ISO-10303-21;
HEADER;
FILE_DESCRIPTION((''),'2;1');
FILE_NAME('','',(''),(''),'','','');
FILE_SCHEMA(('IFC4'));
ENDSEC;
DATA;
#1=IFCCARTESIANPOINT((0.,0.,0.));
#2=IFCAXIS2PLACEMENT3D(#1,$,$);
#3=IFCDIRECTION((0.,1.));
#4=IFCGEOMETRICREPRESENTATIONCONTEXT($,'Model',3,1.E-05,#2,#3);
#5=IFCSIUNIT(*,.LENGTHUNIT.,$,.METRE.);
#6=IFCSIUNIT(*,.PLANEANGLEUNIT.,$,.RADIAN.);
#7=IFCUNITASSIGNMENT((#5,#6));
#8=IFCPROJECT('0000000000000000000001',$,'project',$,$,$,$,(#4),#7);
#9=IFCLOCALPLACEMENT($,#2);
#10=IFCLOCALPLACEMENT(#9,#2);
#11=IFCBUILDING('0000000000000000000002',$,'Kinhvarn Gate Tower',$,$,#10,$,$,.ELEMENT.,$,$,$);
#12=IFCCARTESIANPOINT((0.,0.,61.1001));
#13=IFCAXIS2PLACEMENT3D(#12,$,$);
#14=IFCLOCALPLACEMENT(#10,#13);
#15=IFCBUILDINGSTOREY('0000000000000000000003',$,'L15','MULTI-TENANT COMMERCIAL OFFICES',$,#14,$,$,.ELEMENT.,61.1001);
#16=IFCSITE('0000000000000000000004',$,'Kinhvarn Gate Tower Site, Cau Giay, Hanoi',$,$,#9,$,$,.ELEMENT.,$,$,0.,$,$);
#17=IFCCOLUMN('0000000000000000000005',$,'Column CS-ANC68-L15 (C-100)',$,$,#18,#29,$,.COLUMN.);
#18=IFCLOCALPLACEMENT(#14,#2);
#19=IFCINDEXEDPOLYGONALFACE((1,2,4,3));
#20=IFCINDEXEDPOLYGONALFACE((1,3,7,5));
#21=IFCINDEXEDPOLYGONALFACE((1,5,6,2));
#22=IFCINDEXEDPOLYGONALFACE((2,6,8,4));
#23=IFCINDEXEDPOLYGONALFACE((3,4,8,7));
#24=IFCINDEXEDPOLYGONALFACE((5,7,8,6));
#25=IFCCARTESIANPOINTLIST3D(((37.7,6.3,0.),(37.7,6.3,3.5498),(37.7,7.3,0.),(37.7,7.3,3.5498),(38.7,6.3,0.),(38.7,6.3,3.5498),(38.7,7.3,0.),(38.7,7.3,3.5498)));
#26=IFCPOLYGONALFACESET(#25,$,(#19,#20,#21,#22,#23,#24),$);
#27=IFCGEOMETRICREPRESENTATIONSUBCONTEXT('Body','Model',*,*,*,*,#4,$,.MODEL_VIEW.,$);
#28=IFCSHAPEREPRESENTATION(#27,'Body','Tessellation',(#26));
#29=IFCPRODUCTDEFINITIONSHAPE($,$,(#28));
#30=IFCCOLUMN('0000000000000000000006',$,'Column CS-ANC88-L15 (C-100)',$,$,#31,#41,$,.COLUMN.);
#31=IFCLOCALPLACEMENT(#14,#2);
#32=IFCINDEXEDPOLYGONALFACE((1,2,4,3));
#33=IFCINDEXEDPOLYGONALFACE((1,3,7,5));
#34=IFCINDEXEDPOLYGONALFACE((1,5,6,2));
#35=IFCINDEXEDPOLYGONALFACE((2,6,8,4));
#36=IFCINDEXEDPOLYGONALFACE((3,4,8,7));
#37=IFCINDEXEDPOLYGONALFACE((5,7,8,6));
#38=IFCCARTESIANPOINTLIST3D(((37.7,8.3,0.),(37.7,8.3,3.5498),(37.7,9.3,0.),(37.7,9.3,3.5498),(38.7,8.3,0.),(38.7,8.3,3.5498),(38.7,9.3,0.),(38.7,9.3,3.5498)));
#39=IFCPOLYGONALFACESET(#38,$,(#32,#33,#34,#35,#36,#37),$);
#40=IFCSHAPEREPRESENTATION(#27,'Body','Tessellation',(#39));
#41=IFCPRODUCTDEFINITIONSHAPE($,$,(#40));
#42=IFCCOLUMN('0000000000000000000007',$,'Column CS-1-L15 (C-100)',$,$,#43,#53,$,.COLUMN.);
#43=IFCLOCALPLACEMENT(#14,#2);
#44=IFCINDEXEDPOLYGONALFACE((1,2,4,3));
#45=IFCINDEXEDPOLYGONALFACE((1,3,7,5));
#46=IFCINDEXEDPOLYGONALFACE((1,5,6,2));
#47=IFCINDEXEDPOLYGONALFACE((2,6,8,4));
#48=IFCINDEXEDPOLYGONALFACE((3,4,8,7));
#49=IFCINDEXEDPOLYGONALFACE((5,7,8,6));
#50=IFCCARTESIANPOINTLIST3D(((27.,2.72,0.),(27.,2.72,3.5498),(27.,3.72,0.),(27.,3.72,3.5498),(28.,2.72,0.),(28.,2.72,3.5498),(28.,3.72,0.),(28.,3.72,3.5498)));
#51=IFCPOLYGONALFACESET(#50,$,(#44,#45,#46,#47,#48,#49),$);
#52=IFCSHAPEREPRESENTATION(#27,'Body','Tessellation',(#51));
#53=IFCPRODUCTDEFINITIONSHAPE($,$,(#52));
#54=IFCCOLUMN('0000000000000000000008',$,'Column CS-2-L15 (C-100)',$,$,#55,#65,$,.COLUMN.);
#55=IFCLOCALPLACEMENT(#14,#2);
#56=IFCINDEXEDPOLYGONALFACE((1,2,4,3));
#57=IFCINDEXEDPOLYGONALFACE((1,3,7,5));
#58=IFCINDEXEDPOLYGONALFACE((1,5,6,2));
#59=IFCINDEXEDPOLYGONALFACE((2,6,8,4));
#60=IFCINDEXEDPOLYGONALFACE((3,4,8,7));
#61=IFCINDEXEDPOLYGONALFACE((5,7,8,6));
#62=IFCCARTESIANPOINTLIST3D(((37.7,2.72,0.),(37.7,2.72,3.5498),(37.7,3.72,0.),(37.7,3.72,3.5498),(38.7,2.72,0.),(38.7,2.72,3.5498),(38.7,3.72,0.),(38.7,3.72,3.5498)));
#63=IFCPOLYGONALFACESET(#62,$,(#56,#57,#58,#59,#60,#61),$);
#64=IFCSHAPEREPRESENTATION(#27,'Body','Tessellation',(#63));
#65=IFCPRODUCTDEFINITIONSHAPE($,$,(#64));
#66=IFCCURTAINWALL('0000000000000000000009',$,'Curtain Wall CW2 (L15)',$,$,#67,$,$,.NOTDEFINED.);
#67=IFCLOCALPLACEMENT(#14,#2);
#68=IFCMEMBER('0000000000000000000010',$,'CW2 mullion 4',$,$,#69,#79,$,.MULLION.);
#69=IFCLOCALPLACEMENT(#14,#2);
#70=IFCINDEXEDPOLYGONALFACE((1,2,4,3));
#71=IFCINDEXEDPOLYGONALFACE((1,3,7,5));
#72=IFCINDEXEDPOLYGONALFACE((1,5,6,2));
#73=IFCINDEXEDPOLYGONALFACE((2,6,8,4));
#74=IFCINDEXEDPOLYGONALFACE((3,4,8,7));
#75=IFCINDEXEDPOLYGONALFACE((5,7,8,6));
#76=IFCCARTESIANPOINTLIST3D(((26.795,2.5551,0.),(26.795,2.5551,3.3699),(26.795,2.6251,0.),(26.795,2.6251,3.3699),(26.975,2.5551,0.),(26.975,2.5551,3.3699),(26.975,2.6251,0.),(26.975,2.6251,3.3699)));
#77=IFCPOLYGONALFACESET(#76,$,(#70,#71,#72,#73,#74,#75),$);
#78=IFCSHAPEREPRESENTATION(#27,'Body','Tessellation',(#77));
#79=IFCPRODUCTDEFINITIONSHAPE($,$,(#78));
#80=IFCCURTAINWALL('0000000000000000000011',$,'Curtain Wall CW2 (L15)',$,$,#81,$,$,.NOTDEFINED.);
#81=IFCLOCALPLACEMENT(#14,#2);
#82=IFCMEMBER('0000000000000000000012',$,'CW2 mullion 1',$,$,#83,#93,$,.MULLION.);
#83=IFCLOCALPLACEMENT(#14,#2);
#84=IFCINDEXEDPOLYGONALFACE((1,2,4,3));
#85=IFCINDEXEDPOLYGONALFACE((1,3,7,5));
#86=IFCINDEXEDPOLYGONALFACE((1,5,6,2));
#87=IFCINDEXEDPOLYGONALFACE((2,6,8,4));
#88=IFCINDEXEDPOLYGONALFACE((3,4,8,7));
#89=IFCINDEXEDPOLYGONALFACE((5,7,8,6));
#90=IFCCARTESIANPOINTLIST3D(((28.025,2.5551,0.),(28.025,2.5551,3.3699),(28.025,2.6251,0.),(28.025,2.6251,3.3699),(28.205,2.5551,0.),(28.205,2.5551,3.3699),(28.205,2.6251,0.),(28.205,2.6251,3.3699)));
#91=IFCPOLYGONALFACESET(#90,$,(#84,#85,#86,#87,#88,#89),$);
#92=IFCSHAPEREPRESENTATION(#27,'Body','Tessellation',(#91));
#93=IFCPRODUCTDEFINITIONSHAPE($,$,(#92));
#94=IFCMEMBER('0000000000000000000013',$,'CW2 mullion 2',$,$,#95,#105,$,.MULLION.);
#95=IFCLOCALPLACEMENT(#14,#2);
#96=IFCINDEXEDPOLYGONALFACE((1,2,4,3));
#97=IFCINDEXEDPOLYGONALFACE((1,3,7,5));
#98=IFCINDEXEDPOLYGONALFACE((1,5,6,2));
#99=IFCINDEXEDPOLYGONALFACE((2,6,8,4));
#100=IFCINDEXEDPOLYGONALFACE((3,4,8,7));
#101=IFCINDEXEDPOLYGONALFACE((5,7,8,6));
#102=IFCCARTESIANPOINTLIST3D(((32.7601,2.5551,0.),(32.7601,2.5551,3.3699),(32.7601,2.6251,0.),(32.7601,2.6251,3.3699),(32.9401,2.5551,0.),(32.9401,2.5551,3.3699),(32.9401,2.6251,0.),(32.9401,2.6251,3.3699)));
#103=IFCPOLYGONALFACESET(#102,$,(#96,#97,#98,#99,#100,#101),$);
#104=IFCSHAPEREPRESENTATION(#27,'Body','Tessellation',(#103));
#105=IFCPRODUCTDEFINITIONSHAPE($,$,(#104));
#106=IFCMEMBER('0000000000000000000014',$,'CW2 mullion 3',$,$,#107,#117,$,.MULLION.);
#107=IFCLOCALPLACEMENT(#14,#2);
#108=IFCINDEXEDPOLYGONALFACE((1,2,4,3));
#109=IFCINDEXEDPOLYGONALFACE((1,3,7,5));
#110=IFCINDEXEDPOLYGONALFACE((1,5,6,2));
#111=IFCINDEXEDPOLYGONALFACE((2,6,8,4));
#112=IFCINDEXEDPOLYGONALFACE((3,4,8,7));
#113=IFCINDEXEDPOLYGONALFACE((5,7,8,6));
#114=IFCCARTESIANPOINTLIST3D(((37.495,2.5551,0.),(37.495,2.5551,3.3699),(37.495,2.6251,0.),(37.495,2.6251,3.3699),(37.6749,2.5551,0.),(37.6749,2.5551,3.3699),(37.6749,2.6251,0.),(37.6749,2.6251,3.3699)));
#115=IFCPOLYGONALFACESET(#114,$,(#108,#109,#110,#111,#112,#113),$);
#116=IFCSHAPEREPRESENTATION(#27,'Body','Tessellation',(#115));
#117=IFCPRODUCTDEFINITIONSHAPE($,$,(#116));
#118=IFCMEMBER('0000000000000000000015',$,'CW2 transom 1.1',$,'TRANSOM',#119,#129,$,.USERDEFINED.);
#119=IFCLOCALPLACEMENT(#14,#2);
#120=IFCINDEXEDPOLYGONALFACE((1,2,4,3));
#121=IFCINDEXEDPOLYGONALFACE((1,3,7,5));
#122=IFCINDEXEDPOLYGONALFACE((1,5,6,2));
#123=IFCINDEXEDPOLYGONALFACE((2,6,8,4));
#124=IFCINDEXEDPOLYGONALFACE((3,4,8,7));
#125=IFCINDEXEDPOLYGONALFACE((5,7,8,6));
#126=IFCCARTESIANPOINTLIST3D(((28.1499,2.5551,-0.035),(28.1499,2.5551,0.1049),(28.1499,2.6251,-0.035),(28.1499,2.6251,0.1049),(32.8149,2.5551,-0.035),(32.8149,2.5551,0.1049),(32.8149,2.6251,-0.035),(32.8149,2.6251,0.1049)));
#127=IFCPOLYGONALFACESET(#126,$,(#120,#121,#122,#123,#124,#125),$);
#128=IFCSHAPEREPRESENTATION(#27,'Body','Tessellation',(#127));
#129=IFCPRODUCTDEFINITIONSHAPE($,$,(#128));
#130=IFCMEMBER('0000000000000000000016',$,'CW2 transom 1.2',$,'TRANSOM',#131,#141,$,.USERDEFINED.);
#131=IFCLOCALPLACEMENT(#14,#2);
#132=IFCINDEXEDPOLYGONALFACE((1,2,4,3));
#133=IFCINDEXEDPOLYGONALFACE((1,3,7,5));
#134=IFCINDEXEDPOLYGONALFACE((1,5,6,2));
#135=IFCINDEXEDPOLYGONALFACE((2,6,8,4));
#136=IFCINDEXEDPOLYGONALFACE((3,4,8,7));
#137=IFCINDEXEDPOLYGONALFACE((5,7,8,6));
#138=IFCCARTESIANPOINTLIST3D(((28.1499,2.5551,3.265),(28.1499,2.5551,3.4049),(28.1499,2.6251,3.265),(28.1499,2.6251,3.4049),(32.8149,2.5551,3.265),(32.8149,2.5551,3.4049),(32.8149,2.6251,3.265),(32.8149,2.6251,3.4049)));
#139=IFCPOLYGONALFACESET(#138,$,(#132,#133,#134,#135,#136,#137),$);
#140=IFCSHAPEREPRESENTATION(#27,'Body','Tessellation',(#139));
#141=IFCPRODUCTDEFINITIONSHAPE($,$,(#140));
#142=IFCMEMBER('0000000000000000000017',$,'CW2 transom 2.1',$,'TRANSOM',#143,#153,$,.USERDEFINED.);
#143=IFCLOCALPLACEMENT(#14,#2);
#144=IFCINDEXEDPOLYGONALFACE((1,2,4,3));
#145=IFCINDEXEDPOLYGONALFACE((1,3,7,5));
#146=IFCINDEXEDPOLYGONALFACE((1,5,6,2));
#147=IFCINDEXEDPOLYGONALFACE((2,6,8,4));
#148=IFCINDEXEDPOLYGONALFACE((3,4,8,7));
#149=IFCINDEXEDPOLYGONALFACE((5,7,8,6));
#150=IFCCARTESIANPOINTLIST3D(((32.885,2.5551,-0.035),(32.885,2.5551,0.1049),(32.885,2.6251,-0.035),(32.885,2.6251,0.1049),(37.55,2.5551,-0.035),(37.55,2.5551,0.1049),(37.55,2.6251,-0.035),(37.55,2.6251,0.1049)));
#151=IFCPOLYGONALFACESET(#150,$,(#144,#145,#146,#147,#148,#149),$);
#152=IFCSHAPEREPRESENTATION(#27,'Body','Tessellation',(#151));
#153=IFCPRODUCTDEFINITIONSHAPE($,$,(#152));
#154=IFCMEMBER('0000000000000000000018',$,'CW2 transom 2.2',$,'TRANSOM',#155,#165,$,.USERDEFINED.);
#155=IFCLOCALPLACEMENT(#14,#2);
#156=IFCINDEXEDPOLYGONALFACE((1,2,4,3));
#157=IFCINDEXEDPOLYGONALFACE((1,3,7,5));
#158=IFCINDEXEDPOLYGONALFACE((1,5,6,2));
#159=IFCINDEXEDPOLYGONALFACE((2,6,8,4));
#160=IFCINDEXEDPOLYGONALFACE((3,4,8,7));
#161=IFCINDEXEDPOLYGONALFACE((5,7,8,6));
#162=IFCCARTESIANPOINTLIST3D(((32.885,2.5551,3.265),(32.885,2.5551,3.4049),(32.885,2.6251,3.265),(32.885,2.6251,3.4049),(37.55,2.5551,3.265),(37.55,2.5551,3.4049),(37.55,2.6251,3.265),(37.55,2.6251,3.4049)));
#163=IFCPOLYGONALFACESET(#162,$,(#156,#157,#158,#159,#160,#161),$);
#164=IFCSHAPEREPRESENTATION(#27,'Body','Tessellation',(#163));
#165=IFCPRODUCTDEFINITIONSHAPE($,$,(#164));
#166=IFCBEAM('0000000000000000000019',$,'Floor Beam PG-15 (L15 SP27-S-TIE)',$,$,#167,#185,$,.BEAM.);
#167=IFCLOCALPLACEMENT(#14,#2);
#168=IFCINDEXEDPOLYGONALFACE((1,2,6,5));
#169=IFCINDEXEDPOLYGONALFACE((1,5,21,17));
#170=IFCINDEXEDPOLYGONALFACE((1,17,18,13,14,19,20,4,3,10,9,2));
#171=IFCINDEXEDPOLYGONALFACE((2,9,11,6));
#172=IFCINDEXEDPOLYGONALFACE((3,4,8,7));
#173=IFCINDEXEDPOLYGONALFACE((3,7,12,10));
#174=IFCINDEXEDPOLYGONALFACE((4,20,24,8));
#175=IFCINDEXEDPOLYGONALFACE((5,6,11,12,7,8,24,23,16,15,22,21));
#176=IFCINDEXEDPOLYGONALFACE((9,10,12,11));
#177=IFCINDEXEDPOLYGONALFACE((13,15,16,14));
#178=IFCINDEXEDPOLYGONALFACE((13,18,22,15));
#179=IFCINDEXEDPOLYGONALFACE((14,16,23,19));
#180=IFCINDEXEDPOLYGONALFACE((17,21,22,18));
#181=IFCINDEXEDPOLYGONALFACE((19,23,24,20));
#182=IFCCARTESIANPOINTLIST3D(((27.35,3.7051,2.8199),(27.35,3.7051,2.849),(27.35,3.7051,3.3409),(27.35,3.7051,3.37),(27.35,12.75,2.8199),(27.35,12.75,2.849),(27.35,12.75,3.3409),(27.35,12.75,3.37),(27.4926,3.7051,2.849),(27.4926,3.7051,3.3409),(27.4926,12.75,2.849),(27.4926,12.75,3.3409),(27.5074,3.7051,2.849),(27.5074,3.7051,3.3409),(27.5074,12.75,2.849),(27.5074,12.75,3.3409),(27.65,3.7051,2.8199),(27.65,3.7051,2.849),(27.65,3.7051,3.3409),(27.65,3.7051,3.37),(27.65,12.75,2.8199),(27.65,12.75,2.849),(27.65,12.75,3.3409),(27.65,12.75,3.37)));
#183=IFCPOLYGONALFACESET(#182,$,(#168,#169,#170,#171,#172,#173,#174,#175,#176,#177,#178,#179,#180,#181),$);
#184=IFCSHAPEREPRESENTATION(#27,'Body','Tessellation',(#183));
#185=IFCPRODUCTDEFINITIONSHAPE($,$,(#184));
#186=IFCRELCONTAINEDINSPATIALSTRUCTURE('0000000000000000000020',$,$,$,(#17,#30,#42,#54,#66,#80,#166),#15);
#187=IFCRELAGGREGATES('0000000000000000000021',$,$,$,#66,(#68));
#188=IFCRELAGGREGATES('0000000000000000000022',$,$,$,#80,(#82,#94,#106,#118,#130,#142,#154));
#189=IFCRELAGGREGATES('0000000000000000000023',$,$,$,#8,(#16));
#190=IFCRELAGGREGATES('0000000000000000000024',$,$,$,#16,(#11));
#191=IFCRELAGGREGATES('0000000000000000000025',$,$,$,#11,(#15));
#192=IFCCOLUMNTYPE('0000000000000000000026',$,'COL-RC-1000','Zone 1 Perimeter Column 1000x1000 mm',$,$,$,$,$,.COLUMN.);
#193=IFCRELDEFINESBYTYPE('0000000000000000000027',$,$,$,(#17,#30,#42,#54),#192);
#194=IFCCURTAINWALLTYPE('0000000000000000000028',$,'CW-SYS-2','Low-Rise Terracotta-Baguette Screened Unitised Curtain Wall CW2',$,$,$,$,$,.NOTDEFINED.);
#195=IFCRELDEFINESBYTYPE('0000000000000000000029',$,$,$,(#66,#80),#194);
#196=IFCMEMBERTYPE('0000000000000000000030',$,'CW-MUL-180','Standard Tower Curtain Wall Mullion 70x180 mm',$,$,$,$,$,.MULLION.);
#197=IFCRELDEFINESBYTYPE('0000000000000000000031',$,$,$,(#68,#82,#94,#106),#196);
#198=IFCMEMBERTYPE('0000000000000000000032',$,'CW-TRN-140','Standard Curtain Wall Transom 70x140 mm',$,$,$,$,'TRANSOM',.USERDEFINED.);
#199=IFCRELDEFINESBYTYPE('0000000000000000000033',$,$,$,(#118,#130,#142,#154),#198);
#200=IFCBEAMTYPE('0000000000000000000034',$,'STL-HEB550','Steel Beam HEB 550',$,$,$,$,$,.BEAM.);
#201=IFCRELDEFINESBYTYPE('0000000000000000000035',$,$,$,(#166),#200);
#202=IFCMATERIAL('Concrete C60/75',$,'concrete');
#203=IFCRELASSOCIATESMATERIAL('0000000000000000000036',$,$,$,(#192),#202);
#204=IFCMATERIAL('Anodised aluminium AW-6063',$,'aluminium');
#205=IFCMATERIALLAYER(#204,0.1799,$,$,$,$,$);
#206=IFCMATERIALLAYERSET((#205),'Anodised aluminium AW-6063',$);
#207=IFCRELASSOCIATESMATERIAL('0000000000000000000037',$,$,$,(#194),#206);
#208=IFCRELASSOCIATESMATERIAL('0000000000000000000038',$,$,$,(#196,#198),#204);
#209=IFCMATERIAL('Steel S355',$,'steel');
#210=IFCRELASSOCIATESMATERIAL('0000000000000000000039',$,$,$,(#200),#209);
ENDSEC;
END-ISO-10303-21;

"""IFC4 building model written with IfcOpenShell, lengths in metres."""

from ifc_helpers import new_model, si_unit, direction, frame, origin, origin_2d, place, context, subcontext, project, spatial, rectangle, i_section, extrude, material, layer, layer_set, material_profile, profile_set, type_object, element, aggregate, save


model = new_model("IFC4")

# Units and contexts
model_context = context("Model", 3, precision=1e-05, world=origin(), true_north=direction((0.0, 1.0)))
body_context = subcontext(model_context, "Body", "Model", "MODEL_VIEW")
ifc_project = project(units=[si_unit("LENGTHUNIT", "METRE"), si_unit("PLANEANGLEUNIT", "RADIAN")], contexts=[model_context])

# Site, building, storey
site_placement = place(None, origin())
site = spatial("IfcSite", under=ifc_project, at=site_placement, Name="Kinhvarn Gate Tower Site, Cau Giay, Hanoi", CompositionType="ELEMENT", RefElevation=0.0)
building_placement = place(site_placement, origin())
building = spatial("IfcBuilding", under=site, at=building_placement, Name="Kinhvarn Gate Tower", CompositionType="ELEMENT")
storey_placement = place(building_placement, frame((0.0, 0.0, 61.1001)))
storey = spatial("IfcBuildingStorey", under=building, at=storey_placement, Name="L15", Description="MULTI-TENANT COMMERCIAL OFFICES", CompositionType="ELEMENT", Elevation=61.1001)

# Columns
ifc_material_1 = material(Name="Concrete C60/75", Category="concrete")
ifc_material_profile_1 = material_profile(ifc_material_1, rectangle(XDim=1.0, YDim=1.0, at=origin_2d()), Name="RC 1000x1000")
ifc_profile_set_1 = profile_set([ifc_material_profile_1], Name="Concrete C60/75")
column_type = type_object("IfcColumnType", Name="COL-RC-1000", Description="Zone 1 Perimeter Column 1000x1000 mm", PredefinedType="COLUMN", material=ifc_profile_set_1)
for number, where, z_axis, x_axis, name in (
    (1, (38.2, 6.8, 0.0), (0.0, 0.0, 1.0), (1.0, 0.0, 0.0), "Column CS-ANC68-L15 (C-100)"),
    (2, (38.2, 8.8, 0.0), (0.0, 0.0, 1.0), (1.0, 0.0, 0.0), "Column CS-ANC88-L15 (C-100)"),
    (3, (27.5, 3.22, 0.0), (0.0, 0.0, 1.0), (1.0, 0.0, 0.0), "Column CS-1-L15 (C-100)"),
    (4, (38.2, 3.22, 0.0), (0.0, 0.0, 1.0), (1.0, 0.0, 0.0), "Column CS-2-L15 (C-100)"),
):
    element("IfcColumn", number, at=place(storey_placement, frame(where, z_axis=z_axis, x_axis=x_axis)), inside=storey, type_object=column_type, Name=name, PredefinedType="COLUMN", context=body_context, shape_type="SweptSolid", body=[
        extrude(rectangle(XDim=1.0, YDim=1.0, at=origin_2d()), origin(), (0.0, 0.0, 1.0), 3.5498),
    ])

# Curtain wall, member
ifc_material_2 = material(Name="Anodised aluminium AW-6063", Category="aluminium")
ifc_layer_1 = layer(ifc_material_2, 0.1799)
ifc_layer_set_1 = layer_set([ifc_layer_1], Name="Anodised aluminium AW-6063")
curtain_wall_type = type_object("IfcCurtainWallType", Name="CW-SYS-2", Description="Low-Rise Terracotta-Baguette Screened Unitised Curtain Wall CW2", PredefinedType="NOTDEFINED", material=ifc_layer_set_1)
curtain_wall_1_placement = place(storey_placement, origin())
curtain_wall_1 = element("IfcCurtainWall", 5, at=curtain_wall_1_placement, inside=storey, type_object=curtain_wall_type, Name="Curtain Wall CW2 (L15)", PredefinedType="NOTDEFINED")
ifc_material_profile_2 = material_profile(ifc_material_2, rectangle(XDim=0.0701, YDim=0.1799, at=origin_2d()), Name="ALU 70x180")
ifc_profile_set_2 = profile_set([ifc_material_profile_2], Name="Anodised aluminium AW-6063")
member_type_1 = type_object("IfcMemberType", Name="CW-MUL-180", Description="Standard Tower Curtain Wall Mullion 70x180 mm", PredefinedType="MULLION", material=ifc_profile_set_2)
member_1_placement = place(storey_placement, frame((26.885, 2.5901, 0.0), z_axis=(0.0, 0.0, 1.0), x_axis=(0.0, 1.0, 0.0)))
member_1 = element("IfcMember", 6, at=member_1_placement, type_object=member_type_1, Name="CW2 mullion 4", PredefinedType="MULLION", context=body_context, shape_type="SweptSolid", body=[
    extrude(rectangle(XDim=0.0701, YDim=0.1799, at=origin_2d()), origin(), (0.0, 0.0, 1.0), 3.3699),
])
aggregate(curtain_wall_1, [member_1])

# Curtain wall, members
curtain_wall_2_placement = place(storey_placement, origin())
curtain_wall_2 = element("IfcCurtainWall", 7, at=curtain_wall_2_placement, inside=storey, type_object=curtain_wall_type, Name="Curtain Wall CW2 (L15)", PredefinedType="NOTDEFINED")
member_2_placement = place(storey_placement, frame((28.115, 2.5901, 0.0), z_axis=(0.0, 0.0, 1.0), x_axis=(0.0, 1.0, 0.0)))
member_2 = element("IfcMember", 8, at=member_2_placement, type_object=member_type_1, Name="CW2 mullion 1", PredefinedType="MULLION", context=body_context, shape_type="SweptSolid", body=[
    extrude(rectangle(XDim=0.0701, YDim=0.1799, at=origin_2d()), origin(), (0.0, 0.0, 1.0), 3.3699),
])
member_3_placement = place(storey_placement, frame((32.8501, 2.5901, 0.0), z_axis=(0.0, 0.0, 1.0), x_axis=(0.0, 1.0, 0.0)))
member_3 = element("IfcMember", 9, at=member_3_placement, type_object=member_type_1, Name="CW2 mullion 2", PredefinedType="MULLION", context=body_context, shape_type="SweptSolid", body=[
    extrude(rectangle(XDim=0.0701, YDim=0.1799, at=origin_2d()), origin(), (0.0, 0.0, 1.0), 3.3699),
])
member_4_placement = place(storey_placement, frame((37.585, 2.5901, 0.0), z_axis=(0.0, 0.0, 1.0), x_axis=(0.0, 1.0, 0.0)))
member_4 = element("IfcMember", 10, at=member_4_placement, type_object=member_type_1, Name="CW2 mullion 3", PredefinedType="MULLION", context=body_context, shape_type="SweptSolid", body=[
    extrude(rectangle(XDim=0.0701, YDim=0.1799, at=origin_2d()), origin(), (0.0, 0.0, 1.0), 3.3699),
])
ifc_material_profile_3 = material_profile(ifc_material_2, rectangle(XDim=0.0701, YDim=0.1399, at=origin_2d()), Name="ALU 70x140")
ifc_profile_set_3 = profile_set([ifc_material_profile_3], Name="Anodised aluminium AW-6063")
member_type_2 = type_object("IfcMemberType", Name="CW-TRN-140", Description="Standard Curtain Wall Transom 70x140 mm", ElementType="TRANSOM", PredefinedType="USERDEFINED", material=ifc_profile_set_3)
member_5_placement = place(storey_placement, frame((28.1499, 2.5901, 0.0349), z_axis=(1.0, 0.0, 0.0), x_axis=(0.0, 1.0, 0.0)))
member_5 = element("IfcMember", 11, at=member_5_placement, type_object=member_type_2, Name="CW2 transom 1.1", ObjectType="TRANSOM", PredefinedType="USERDEFINED", context=body_context, shape_type="SweptSolid", body=[
    extrude(rectangle(XDim=0.0701, YDim=0.1399, at=origin_2d()), origin(), (0.0, 0.0, 1.0), 4.665),
])
member_6_placement = place(storey_placement, frame((28.1499, 2.5901, 3.335), z_axis=(1.0, 0.0, 0.0), x_axis=(0.0, 1.0, 0.0)))
member_6 = element("IfcMember", 12, at=member_6_placement, type_object=member_type_2, Name="CW2 transom 1.2", ObjectType="TRANSOM", PredefinedType="USERDEFINED", context=body_context, shape_type="SweptSolid", body=[
    extrude(rectangle(XDim=0.0701, YDim=0.1399, at=origin_2d()), origin(), (0.0, 0.0, 1.0), 4.665),
])
member_7_placement = place(storey_placement, frame((32.885, 2.5901, 0.0349), z_axis=(1.0, 0.0, 0.0), x_axis=(0.0, 1.0, 0.0)))
member_7 = element("IfcMember", 13, at=member_7_placement, type_object=member_type_2, Name="CW2 transom 2.1", ObjectType="TRANSOM", PredefinedType="USERDEFINED", context=body_context, shape_type="SweptSolid", body=[
    extrude(rectangle(XDim=0.0701, YDim=0.1399, at=origin_2d()), origin(), (0.0, 0.0, 1.0), 4.665),
])
member_8_placement = place(storey_placement, frame((32.885, 2.5901, 3.335), z_axis=(1.0, 0.0, 0.0), x_axis=(0.0, 1.0, 0.0)))
member_8 = element("IfcMember", 14, at=member_8_placement, type_object=member_type_2, Name="CW2 transom 2.2", ObjectType="TRANSOM", PredefinedType="USERDEFINED", context=body_context, shape_type="SweptSolid", body=[
    extrude(rectangle(XDim=0.0701, YDim=0.1399, at=origin_2d()), origin(), (0.0, 0.0, 1.0), 4.665),
])

# Beam
ifc_material_3 = material(Name="Steel S355", Category="steel")
ifc_material_profile_4 = material_profile(ifc_material_3, i_section(OverallWidth=0.3, OverallDepth=0.55, WebThickness=0.0149, FlangeThickness=0.0291, at=origin_2d()), Name="HEB 550")
ifc_profile_set_4 = profile_set([ifc_material_profile_4], Name="Steel S355")
beam_type_1 = type_object("IfcBeamType", Name="STL-HEB550", Description="Steel Beam HEB 550", PredefinedType="BEAM", material=ifc_profile_set_4)
beam_1_placement = place(storey_placement, frame((27.5, 3.7051, 3.095), z_axis=(0.0, 1.0, 0.0), x_axis=(-1.0, 0.0, 0.0)))
element("IfcBeam", 15, at=beam_1_placement, inside=storey, type_object=beam_type_1, Name="Floor Beam PG-15 (L15 SP27-S-TIE)", PredefinedType="BEAM", context=body_context, shape_type="SweptSolid", body=[
    extrude(i_section(OverallWidth=0.3, OverallDepth=0.55, WebThickness=0.0149, FlangeThickness=0.0291, at=origin_2d()), origin(), (0.0, 0.0, 1.0), 9.0449),
])

aggregate(curtain_wall_2, [member_2, member_3, member_4, member_5, member_6, member_7, member_8])

save(model, "model.ifc")
